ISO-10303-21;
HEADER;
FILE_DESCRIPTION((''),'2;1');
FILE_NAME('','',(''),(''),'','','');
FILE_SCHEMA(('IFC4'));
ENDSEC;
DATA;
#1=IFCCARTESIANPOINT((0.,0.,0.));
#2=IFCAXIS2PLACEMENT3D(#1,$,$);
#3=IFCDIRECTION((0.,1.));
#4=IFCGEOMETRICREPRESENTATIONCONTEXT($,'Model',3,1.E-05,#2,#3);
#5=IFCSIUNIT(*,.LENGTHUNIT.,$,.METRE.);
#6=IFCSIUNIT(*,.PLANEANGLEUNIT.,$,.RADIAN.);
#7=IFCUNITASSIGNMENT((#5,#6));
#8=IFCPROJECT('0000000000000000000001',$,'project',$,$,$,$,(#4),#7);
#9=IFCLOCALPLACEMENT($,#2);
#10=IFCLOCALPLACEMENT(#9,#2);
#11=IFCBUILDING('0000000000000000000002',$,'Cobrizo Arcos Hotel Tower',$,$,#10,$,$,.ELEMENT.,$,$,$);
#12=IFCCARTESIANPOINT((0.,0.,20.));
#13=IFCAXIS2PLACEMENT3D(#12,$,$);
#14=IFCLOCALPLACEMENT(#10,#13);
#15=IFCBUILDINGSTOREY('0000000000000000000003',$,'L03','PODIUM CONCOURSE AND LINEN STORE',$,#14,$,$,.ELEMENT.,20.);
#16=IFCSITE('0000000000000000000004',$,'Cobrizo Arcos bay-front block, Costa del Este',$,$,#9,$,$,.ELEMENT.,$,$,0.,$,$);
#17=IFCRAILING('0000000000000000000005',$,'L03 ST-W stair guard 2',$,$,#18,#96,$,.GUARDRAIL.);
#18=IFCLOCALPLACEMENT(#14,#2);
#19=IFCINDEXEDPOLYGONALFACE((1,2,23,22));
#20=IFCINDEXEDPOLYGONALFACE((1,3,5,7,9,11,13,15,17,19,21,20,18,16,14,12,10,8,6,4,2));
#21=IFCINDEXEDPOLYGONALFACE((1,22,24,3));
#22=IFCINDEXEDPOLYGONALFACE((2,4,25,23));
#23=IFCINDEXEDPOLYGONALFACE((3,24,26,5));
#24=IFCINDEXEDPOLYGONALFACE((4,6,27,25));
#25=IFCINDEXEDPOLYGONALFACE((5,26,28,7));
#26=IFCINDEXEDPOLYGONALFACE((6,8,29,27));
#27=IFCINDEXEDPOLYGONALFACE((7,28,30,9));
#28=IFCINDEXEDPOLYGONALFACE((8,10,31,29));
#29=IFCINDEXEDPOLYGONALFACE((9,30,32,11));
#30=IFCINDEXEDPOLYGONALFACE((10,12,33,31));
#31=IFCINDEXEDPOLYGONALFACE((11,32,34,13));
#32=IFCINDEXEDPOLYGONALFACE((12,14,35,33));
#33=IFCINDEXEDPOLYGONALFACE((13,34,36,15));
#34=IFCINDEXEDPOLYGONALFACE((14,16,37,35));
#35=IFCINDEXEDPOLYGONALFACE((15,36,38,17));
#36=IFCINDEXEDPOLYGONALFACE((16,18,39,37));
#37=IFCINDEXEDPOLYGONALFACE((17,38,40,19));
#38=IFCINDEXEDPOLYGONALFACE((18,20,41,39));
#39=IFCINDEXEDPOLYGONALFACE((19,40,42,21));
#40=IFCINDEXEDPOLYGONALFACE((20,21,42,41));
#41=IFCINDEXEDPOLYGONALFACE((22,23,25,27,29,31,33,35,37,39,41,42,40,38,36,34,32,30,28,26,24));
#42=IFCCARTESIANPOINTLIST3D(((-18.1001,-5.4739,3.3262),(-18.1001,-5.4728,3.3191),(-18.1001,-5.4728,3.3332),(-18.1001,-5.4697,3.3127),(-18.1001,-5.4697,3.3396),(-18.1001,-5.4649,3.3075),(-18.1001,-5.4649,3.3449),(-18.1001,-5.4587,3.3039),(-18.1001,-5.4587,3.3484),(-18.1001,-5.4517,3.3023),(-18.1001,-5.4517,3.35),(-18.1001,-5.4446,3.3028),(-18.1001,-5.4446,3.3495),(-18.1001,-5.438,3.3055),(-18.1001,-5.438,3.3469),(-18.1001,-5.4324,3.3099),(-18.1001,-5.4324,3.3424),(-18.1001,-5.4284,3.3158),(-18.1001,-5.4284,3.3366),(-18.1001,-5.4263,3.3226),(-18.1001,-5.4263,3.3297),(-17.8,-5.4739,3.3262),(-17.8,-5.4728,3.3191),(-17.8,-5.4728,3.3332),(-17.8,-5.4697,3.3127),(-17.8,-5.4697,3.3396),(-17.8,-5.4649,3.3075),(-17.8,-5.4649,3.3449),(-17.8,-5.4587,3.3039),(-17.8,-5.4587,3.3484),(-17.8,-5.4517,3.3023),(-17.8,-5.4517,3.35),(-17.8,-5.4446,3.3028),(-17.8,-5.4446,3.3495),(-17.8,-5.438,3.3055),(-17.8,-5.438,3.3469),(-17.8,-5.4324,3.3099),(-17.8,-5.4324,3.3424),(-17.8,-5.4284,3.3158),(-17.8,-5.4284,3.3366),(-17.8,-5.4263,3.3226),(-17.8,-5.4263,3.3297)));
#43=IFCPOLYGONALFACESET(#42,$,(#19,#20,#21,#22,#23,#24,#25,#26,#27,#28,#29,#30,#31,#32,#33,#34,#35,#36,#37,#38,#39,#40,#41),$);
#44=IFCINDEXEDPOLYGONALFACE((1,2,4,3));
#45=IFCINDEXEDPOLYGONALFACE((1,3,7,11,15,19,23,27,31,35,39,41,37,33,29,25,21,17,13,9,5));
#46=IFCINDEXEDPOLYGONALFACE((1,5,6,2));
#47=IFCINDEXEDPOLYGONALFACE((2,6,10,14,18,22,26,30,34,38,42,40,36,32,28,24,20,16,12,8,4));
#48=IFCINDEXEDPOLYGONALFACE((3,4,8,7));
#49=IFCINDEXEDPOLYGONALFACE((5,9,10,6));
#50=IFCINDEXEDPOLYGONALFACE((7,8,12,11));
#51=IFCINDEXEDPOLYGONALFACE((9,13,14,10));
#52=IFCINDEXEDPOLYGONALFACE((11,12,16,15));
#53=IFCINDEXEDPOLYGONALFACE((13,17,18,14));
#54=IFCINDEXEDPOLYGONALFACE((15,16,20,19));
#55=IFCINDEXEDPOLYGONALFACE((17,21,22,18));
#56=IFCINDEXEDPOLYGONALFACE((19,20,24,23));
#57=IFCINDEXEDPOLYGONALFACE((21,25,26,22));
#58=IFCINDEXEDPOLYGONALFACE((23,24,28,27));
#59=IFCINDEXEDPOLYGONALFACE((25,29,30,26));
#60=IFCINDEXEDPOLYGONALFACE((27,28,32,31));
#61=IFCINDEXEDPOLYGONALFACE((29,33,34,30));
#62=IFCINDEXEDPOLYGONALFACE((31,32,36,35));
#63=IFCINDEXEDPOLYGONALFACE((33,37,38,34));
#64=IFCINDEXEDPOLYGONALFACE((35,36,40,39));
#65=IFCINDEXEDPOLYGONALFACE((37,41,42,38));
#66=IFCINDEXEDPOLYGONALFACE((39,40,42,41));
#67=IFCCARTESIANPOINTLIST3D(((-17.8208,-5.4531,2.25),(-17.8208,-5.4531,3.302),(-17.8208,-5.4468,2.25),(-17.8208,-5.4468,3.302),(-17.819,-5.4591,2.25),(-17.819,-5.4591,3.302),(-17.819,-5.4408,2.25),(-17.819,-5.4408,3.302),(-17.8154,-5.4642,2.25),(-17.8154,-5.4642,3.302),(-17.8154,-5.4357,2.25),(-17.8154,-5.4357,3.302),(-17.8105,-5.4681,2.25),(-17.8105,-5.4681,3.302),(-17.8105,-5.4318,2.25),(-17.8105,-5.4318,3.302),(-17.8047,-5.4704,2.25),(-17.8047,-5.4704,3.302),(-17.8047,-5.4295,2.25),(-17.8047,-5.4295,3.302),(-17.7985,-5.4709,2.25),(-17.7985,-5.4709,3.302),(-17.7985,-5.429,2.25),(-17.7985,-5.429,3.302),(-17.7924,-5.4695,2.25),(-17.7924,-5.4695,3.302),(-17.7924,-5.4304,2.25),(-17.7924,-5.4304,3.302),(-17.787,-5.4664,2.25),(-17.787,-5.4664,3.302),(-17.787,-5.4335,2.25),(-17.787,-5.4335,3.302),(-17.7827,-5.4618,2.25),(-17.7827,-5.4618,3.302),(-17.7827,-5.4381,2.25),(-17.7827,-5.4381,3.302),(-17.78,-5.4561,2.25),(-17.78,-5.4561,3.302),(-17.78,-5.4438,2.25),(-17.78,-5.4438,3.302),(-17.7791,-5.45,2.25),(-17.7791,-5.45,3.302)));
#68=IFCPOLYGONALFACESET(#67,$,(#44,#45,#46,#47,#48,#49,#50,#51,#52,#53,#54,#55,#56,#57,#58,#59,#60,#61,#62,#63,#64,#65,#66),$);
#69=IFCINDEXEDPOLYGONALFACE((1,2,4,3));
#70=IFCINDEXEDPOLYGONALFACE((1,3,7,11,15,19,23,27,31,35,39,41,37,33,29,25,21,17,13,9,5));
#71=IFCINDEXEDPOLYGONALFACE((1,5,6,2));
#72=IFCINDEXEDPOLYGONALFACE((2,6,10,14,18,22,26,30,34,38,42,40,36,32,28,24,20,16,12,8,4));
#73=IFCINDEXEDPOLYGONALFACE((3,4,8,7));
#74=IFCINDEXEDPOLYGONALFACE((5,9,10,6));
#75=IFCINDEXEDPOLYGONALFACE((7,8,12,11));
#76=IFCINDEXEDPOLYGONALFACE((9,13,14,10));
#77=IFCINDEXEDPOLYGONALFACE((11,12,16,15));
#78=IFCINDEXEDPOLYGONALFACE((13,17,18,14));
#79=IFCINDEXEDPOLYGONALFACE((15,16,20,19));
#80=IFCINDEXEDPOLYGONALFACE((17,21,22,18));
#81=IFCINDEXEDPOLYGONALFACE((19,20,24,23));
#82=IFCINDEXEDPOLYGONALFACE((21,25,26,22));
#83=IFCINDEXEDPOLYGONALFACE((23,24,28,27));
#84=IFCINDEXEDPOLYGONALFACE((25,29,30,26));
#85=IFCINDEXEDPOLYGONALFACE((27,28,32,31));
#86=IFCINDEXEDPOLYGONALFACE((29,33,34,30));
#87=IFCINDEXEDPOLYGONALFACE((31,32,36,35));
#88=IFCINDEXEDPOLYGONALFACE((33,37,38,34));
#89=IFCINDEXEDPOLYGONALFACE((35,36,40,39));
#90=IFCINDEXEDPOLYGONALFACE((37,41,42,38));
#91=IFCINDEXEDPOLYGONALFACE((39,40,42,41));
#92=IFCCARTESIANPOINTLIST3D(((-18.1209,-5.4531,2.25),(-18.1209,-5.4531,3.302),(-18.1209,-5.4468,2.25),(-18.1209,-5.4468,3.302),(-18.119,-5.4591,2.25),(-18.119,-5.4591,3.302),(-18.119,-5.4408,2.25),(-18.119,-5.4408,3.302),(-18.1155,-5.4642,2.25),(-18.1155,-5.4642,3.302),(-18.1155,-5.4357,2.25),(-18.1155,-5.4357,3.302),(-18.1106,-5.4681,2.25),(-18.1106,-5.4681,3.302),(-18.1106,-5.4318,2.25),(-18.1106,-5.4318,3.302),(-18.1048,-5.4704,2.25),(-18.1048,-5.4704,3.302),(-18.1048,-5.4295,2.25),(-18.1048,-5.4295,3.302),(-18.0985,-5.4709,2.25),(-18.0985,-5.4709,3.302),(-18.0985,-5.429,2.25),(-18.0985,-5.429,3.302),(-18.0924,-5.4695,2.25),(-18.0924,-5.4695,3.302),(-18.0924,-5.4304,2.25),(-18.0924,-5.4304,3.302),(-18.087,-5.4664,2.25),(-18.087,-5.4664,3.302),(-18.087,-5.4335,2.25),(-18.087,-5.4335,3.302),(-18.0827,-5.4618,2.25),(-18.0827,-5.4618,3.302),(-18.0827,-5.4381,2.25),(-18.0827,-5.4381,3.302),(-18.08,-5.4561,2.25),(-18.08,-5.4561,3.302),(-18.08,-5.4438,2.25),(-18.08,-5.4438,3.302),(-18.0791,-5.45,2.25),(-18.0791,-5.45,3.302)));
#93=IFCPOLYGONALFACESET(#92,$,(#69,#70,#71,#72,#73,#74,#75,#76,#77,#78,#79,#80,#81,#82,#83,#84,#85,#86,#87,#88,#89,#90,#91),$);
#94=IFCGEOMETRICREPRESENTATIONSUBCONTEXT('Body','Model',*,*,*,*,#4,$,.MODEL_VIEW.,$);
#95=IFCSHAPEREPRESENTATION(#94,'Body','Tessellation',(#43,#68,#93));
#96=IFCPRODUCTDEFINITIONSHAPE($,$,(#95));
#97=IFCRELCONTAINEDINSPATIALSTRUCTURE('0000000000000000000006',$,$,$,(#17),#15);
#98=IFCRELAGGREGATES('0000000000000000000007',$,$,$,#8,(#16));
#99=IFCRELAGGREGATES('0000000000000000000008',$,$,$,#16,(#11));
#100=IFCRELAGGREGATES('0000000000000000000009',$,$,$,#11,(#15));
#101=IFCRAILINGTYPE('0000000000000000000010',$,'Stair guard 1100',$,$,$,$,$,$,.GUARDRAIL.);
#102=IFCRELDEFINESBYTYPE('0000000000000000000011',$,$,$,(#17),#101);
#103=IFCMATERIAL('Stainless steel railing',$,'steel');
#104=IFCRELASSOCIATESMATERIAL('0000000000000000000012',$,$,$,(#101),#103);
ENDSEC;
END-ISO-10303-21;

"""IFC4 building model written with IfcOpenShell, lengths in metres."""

from ifc_helpers import new_model, si_unit, direction, frame, origin, origin_2d, place, context, subcontext, project, spatial, circle, extrude, material, type_object, element, save


model = new_model("IFC4")

# Units and contexts
model_context = context("Model", 3, precision=1e-05, world=origin(), true_north=direction((0.0, 1.0)))
body_context = subcontext(model_context, "Body", "Model", "MODEL_VIEW")
ifc_project = project(units=[si_unit("LENGTHUNIT", "METRE"), si_unit("PLANEANGLEUNIT", "RADIAN")], contexts=[model_context])

# Site, building, storey
site_placement = place(None, origin())
site = spatial("IfcSite", under=ifc_project, at=site_placement, Name="Cobrizo Arcos bay-front block, Costa del Este", CompositionType="ELEMENT", RefElevation=0.0)
building_placement = place(site_placement, origin())
building = spatial("IfcBuilding", under=site, at=building_placement, Name="Cobrizo Arcos Hotel Tower", CompositionType="ELEMENT")
storey_placement = place(building_placement, frame((0.0, 0.0, 20.0)))
storey = spatial("IfcBuildingStorey", under=building, at=storey_placement, Name="L03", Description="PODIUM CONCOURSE AND LINEN STORE", CompositionType="ELEMENT", Elevation=20.0)

# Railing
ifc_material_1 = material(Name="Stainless steel railing", Category="steel")
railing_type_1 = type_object("IfcRailingType", Name="Stair guard 1100", PredefinedType="GUARDRAIL", material=ifc_material_1)
railing_1_placement = place(storey_placement, frame((-17.8, -5.45, 2.25)))
element("IfcRailing", 1, at=railing_1_placement, inside=storey, type_object=railing_type_1, Name="L03 ST-W stair guard 2", PredefinedType="GUARDRAIL", context=body_context, shape_type="SweptSolid", body=[
    extrude(circle(Radius=0.0239, at=origin_2d()), frame((0.0, 0.0, 1.0762), z_axis=(-1.0, 0.0, 0.0), x_axis=(0.0, -1.0, 0.0)), (0.0, 0.0, 1.0), 0.3),
    extrude(circle(Radius=0.021, at=origin_2d()), origin(), (0.0, 0.0, 1.0), 1.052),
    extrude(circle(Radius=0.021, at=origin_2d()), frame((-0.3, 0.0, 0.0)), (0.0, 0.0, 1.0), 1.052),
])

save(model, "model.ifc")
